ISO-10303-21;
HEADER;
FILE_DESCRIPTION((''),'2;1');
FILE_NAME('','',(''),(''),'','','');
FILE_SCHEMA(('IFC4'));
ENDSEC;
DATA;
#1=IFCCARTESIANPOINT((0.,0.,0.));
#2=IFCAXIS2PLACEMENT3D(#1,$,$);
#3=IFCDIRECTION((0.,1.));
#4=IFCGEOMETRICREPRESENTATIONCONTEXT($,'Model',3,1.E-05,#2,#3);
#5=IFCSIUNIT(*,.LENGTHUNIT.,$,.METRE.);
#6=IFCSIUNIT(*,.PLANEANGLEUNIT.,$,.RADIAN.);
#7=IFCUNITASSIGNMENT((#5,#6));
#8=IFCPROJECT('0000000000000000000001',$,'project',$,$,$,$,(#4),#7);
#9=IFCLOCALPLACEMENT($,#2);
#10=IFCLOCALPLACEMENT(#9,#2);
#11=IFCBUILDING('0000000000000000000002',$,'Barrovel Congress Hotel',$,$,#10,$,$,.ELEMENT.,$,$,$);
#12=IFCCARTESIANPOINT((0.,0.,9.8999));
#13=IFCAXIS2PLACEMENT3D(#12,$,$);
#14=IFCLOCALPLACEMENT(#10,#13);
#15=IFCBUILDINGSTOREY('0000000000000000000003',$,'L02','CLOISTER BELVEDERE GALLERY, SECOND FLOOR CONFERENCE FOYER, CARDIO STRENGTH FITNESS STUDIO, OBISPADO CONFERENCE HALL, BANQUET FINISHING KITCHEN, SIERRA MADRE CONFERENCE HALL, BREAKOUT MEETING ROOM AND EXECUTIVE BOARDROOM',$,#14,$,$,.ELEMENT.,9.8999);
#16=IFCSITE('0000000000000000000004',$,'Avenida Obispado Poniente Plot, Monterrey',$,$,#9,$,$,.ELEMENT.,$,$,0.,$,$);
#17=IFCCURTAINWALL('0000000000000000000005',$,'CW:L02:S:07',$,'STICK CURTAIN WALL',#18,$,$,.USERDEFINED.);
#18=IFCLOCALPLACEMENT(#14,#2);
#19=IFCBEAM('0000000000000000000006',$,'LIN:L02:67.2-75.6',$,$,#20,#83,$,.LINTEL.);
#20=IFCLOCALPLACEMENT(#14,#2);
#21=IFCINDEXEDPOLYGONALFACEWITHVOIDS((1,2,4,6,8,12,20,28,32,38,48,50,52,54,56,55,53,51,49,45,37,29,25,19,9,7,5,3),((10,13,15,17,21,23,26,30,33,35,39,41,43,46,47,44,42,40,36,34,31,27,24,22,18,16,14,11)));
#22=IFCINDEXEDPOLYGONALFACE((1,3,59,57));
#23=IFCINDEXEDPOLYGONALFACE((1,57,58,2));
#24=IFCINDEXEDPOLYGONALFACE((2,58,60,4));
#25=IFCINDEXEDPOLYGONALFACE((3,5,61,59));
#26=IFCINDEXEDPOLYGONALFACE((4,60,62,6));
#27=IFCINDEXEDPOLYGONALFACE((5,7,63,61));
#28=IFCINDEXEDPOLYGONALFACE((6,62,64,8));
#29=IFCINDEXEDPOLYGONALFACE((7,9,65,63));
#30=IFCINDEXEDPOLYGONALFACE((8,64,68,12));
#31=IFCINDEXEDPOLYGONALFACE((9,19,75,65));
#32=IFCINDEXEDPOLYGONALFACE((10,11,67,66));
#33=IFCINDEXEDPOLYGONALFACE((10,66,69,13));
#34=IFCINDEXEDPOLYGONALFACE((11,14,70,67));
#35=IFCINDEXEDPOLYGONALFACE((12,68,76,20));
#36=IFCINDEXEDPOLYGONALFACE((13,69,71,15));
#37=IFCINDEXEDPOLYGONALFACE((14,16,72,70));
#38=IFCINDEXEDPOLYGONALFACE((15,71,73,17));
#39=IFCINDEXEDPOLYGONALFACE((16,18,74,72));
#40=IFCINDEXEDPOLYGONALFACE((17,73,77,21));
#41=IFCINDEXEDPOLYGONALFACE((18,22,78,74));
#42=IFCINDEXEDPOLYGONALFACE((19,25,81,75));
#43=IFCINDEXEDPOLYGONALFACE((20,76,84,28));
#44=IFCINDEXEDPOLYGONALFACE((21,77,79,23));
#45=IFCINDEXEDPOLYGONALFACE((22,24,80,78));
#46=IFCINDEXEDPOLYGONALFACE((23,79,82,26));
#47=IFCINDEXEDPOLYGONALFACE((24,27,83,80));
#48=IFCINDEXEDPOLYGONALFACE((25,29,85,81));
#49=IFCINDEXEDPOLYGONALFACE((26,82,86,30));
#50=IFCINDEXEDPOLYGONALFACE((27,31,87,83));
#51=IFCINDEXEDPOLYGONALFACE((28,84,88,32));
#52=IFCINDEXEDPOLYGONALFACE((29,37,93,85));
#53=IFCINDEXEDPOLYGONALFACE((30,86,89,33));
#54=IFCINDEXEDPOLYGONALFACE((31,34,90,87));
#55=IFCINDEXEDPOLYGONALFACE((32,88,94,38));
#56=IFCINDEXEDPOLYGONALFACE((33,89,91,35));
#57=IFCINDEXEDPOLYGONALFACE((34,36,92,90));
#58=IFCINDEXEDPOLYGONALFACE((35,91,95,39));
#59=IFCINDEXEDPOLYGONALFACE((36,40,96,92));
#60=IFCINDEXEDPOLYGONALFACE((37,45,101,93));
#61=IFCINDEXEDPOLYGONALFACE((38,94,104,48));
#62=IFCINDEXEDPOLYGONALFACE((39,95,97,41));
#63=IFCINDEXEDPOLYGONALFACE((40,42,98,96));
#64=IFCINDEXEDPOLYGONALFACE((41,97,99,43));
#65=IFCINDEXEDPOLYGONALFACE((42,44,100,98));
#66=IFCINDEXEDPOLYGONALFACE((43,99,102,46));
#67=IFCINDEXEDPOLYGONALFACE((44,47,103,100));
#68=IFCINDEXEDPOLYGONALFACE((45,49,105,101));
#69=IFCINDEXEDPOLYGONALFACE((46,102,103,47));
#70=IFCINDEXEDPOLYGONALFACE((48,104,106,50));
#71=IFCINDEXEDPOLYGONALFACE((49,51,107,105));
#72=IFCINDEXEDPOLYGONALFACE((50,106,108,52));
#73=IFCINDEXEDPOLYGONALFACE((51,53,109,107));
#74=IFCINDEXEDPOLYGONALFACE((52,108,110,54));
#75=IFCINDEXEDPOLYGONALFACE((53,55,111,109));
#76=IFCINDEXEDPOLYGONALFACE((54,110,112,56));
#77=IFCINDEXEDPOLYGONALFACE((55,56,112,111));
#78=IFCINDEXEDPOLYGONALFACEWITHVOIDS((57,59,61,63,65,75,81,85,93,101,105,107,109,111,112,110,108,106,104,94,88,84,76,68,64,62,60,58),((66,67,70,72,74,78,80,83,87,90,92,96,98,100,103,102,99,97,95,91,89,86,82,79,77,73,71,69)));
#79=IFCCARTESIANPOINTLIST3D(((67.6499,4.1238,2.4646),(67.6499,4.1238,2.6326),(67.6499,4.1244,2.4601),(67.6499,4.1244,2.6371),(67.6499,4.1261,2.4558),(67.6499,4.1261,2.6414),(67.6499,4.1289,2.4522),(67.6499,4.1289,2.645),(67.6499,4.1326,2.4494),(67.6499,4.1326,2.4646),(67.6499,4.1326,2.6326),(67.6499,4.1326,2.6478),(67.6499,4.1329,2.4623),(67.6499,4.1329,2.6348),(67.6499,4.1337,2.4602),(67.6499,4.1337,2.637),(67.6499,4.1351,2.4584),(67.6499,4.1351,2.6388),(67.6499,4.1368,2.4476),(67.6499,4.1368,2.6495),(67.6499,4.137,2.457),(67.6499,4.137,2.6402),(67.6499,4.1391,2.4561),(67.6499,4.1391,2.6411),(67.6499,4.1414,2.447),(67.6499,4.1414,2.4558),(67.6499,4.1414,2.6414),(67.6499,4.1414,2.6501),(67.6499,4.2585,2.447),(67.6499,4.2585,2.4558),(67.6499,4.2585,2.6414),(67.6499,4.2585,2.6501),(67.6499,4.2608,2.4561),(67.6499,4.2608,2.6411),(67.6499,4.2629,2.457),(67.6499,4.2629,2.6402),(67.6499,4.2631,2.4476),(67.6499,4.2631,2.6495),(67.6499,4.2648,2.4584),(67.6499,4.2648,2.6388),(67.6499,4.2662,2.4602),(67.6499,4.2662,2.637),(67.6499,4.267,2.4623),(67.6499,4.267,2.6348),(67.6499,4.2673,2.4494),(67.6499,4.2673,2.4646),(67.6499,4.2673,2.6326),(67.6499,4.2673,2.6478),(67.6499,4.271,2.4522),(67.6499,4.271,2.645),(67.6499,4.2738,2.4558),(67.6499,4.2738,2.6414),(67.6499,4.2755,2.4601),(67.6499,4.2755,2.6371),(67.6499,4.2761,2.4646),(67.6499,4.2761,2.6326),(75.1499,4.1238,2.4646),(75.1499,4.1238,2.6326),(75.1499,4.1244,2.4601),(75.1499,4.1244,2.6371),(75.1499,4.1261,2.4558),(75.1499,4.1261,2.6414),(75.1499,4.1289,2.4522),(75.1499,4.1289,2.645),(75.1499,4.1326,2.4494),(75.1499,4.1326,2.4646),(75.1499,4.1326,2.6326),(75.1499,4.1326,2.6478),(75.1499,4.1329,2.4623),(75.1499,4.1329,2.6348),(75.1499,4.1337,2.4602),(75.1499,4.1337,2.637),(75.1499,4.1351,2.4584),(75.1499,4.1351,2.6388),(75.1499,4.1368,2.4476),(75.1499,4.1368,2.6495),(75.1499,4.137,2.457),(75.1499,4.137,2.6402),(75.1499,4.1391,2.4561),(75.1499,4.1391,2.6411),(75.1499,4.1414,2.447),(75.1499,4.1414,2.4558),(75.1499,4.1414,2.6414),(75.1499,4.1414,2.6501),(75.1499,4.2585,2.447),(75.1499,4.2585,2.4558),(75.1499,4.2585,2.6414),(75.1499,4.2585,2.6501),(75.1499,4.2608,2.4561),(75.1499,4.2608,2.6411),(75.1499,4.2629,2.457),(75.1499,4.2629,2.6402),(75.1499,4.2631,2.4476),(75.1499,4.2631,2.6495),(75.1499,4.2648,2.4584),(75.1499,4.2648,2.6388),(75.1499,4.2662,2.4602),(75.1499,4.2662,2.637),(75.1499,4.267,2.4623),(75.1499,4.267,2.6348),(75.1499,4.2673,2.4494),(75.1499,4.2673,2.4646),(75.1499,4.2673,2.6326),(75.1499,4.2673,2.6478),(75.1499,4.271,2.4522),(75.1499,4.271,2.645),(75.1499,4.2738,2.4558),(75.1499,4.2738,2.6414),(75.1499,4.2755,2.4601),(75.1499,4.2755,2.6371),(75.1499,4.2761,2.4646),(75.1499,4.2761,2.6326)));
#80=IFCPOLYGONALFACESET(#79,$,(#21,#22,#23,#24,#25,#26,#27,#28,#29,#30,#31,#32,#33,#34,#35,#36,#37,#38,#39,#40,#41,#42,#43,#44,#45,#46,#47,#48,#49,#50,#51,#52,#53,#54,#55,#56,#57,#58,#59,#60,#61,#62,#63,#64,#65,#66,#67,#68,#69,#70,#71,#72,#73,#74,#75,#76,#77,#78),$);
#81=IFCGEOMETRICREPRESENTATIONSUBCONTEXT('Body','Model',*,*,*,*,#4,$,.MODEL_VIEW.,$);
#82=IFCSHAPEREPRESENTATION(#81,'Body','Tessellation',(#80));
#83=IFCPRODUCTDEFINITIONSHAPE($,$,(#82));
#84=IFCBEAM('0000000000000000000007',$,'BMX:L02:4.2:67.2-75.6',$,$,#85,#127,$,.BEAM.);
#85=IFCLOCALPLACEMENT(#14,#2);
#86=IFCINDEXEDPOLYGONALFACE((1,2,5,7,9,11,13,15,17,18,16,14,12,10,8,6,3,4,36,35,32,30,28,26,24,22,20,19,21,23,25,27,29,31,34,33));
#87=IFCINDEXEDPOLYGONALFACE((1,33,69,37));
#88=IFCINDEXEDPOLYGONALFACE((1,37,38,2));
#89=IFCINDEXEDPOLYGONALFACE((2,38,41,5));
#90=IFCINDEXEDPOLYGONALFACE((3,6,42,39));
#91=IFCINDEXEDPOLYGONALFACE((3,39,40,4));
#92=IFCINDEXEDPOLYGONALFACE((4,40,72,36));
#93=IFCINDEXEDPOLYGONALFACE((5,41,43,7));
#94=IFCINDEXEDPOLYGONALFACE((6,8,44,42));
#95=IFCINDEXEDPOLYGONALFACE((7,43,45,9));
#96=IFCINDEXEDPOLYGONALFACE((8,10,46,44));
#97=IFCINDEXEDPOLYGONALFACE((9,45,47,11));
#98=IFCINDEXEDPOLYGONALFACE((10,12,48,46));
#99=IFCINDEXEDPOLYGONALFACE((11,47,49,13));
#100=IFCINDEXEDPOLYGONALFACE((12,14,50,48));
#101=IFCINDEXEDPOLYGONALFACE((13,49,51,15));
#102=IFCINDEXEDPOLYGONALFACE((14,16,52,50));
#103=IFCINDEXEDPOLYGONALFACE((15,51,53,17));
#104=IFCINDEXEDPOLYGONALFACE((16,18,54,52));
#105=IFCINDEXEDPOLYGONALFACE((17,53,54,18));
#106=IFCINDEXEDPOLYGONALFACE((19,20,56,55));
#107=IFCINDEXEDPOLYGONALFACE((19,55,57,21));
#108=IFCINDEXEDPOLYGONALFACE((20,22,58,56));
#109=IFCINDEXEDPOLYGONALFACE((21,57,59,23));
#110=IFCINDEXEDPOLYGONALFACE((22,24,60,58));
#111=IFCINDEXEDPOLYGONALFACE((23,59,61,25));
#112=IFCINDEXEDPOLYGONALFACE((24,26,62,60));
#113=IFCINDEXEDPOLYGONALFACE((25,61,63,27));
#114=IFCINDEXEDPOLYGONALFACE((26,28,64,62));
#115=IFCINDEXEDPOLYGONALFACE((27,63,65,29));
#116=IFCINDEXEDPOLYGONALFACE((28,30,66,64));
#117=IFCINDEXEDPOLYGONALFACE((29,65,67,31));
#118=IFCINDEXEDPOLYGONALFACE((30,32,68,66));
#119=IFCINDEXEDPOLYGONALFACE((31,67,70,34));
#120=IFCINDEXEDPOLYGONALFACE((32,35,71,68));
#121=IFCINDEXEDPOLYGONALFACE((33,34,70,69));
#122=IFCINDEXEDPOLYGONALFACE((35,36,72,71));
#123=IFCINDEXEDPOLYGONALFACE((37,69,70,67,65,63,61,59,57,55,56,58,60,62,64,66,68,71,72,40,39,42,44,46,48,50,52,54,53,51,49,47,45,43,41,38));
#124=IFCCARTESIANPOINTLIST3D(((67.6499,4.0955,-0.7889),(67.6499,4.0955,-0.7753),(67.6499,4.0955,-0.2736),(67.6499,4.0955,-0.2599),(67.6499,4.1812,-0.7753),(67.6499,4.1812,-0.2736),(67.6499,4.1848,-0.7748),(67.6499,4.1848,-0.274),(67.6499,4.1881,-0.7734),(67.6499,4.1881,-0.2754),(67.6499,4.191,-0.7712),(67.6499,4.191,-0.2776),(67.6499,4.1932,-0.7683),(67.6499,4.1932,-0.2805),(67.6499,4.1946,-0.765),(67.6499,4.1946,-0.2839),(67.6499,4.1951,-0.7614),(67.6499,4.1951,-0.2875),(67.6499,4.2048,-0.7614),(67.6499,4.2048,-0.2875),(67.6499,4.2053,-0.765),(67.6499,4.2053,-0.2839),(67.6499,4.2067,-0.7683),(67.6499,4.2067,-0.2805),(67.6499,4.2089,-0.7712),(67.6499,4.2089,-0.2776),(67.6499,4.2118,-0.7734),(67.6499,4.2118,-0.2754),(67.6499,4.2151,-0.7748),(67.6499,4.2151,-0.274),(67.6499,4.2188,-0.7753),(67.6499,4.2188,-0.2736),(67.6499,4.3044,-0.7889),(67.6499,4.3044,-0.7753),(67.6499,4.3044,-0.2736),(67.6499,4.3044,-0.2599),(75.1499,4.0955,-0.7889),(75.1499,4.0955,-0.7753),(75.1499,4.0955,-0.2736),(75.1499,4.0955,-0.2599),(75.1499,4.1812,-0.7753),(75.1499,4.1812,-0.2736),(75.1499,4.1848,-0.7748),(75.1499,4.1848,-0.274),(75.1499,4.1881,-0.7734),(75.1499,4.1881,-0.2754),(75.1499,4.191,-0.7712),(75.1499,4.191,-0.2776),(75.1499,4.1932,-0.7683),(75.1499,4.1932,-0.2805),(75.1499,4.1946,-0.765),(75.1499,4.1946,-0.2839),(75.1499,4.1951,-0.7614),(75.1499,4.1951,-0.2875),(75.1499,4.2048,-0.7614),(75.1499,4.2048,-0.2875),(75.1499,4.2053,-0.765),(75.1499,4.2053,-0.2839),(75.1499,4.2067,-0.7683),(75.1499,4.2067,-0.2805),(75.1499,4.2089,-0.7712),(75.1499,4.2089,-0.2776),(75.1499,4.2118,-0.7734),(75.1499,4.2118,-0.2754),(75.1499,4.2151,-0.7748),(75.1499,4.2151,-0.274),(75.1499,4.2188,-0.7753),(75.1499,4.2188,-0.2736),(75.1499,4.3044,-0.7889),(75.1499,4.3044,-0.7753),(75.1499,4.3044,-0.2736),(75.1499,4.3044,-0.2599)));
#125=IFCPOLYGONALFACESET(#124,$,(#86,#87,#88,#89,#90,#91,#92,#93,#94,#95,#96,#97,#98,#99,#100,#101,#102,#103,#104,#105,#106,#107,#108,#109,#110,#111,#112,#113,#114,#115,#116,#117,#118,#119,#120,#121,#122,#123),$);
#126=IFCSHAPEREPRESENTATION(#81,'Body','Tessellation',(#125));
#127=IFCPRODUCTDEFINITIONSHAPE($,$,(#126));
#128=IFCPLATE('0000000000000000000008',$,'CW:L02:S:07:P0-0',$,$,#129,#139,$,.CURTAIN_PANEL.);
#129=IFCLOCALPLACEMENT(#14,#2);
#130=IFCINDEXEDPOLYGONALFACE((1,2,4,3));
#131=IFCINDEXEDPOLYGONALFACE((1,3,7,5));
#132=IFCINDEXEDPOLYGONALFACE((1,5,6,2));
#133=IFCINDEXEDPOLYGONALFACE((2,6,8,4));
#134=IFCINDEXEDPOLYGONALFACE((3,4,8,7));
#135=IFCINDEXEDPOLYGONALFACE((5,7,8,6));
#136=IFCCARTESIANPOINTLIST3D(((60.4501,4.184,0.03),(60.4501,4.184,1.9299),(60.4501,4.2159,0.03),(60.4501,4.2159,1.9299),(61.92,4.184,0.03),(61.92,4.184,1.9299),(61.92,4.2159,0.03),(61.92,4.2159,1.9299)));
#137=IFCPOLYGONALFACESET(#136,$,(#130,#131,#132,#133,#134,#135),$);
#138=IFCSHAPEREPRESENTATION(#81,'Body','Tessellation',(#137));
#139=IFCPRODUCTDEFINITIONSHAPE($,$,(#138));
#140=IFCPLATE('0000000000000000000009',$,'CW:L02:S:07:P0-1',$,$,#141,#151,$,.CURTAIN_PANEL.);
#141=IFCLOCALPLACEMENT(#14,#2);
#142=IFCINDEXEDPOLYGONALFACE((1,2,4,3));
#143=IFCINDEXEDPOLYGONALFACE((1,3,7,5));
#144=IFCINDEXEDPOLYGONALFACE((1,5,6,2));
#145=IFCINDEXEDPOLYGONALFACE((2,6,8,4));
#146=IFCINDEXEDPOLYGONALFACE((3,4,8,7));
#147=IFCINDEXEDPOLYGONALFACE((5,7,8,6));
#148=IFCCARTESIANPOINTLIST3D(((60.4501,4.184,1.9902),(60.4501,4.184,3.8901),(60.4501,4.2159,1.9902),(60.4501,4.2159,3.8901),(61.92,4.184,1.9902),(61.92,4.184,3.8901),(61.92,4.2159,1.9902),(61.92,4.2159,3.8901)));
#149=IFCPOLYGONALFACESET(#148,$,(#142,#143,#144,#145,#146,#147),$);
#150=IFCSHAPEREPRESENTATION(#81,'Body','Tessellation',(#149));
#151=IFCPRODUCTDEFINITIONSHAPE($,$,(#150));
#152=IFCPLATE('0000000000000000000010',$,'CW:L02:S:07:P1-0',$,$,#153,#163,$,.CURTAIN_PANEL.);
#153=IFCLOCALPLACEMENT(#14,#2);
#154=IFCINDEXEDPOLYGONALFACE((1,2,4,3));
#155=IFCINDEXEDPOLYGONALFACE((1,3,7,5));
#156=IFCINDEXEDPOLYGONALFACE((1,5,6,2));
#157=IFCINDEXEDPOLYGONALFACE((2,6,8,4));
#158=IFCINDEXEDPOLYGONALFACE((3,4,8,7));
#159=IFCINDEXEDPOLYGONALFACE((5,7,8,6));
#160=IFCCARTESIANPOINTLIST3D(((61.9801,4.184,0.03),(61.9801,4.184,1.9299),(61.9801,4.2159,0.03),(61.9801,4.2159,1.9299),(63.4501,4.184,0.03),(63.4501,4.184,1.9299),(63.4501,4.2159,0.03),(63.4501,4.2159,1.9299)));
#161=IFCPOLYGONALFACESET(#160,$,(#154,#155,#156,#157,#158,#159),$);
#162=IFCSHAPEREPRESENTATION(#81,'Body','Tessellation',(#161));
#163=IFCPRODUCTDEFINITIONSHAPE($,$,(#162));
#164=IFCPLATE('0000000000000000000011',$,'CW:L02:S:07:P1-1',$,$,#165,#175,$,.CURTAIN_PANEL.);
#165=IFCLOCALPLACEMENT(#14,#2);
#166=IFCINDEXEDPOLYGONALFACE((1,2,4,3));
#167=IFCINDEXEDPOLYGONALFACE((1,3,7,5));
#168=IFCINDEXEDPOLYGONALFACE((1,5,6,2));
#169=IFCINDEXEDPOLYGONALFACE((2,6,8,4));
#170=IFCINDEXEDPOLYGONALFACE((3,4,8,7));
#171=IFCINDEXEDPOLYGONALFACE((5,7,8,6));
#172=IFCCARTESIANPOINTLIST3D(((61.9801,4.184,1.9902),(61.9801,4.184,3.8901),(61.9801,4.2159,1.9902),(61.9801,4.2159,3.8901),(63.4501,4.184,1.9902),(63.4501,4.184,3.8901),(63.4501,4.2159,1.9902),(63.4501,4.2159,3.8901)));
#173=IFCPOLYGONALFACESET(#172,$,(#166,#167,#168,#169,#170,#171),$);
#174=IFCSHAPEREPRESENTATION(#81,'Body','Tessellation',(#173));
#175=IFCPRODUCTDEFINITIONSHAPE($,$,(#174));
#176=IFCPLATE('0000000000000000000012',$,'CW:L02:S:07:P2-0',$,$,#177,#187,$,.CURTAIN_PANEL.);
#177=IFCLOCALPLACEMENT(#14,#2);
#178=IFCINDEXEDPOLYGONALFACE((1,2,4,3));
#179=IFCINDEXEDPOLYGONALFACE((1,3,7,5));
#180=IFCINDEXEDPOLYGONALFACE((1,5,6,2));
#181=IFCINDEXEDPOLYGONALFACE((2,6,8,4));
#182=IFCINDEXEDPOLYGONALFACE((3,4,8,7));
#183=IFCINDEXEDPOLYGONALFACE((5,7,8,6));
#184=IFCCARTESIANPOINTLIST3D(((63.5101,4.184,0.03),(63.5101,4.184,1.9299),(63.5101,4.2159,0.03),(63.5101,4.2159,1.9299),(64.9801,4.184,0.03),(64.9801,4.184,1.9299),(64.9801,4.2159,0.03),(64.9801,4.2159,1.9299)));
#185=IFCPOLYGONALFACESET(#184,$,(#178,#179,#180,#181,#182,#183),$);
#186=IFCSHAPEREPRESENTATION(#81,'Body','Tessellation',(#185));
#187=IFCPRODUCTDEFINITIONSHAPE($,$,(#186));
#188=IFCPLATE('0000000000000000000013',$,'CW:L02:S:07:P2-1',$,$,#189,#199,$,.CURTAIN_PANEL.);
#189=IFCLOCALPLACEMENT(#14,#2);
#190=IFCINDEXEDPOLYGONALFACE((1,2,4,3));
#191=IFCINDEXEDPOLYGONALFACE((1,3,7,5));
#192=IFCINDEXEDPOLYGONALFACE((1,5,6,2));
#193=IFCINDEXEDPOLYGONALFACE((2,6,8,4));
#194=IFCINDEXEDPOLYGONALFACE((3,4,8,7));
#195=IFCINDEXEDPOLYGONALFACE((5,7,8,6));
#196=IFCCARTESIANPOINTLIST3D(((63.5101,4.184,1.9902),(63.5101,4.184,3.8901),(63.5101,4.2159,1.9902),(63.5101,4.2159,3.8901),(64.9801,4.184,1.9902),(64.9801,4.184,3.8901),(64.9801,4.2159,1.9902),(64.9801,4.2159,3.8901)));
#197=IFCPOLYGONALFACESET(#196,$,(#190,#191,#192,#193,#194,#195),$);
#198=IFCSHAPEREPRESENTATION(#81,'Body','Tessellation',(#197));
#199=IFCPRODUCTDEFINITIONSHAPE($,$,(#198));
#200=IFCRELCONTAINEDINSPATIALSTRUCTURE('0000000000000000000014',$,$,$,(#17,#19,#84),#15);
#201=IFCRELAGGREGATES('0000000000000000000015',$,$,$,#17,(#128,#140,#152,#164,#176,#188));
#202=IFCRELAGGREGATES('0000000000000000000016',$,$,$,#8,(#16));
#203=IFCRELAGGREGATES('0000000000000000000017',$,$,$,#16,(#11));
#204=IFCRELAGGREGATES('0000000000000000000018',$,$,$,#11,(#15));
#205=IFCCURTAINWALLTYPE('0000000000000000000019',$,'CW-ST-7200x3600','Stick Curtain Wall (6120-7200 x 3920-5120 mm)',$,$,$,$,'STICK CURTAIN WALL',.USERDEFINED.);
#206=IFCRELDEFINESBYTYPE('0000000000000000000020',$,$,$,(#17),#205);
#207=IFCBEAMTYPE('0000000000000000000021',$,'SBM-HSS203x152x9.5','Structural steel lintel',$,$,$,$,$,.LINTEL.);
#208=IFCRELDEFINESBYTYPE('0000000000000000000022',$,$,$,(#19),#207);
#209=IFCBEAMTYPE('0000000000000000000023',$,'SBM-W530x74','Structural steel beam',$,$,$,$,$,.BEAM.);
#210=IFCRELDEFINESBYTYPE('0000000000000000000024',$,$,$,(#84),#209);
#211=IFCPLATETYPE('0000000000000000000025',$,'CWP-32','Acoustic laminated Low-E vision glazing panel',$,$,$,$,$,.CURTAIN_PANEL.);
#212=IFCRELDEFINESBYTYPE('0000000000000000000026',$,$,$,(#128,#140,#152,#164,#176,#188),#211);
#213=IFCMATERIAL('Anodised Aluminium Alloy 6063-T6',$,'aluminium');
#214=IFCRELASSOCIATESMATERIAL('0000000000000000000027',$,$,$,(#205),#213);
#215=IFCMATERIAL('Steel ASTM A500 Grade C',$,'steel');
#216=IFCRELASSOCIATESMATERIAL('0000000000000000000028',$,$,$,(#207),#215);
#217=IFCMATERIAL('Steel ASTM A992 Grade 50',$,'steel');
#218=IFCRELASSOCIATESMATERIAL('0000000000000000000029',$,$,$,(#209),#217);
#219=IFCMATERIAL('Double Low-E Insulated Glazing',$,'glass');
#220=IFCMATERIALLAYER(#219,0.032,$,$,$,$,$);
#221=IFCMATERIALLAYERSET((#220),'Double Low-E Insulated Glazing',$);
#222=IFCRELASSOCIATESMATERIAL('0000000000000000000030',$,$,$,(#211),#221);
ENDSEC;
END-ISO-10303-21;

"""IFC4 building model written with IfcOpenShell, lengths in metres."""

from ifc_helpers import new_model, si_unit, direction, frame, origin, origin_2d, place, context, subcontext, project, spatial, rectangle, hollow_rectangle, i_section, extrude, material, layer, layer_set, material_profile, profile_set, type_object, element, aggregate, save


model = new_model("IFC4")

# Units and contexts
model_context = context("Model", 3, precision=1e-05, world=origin(), true_north=direction((0.0, 1.0)))
body_context = subcontext(model_context, "Body", "Model", "MODEL_VIEW")
ifc_project = project(units=[si_unit("LENGTHUNIT", "METRE"), si_unit("PLANEANGLEUNIT", "RADIAN")], contexts=[model_context])

# Site, building, storey
site_placement = place(None, origin())
site = spatial("IfcSite", under=ifc_project, at=site_placement, Name="Avenida Obispado Poniente Plot, Monterrey", CompositionType="ELEMENT", RefElevation=0.0)
building_placement = place(site_placement, origin())
building = spatial("IfcBuilding", under=site, at=building_placement, Name="Barrovel Congress Hotel", CompositionType="ELEMENT")
storey_placement = place(building_placement, frame((0.0, 0.0, 9.8999)))
storey = spatial("IfcBuildingStorey", under=building, at=storey_placement, Name="L02", Description="CLOISTER BELVEDERE GALLERY, SECOND FLOOR CONFERENCE FOYER, CARDIO STRENGTH FITNESS STUDIO, OBISPADO CONFERENCE HALL, BANQUET FINISHING KITCHEN, SIERRA MADRE CONFERENCE HALL, BREAKOUT MEETING ROOM AND EXECUTIVE BOARDROOM", CompositionType="ELEMENT", Elevation=9.8999)

# Curtain wall
ifc_material_1 = material(Name="Anodised Aluminium Alloy 6063-T6", Category="aluminium")
curtain_wall_type = type_object("IfcCurtainWallType", Name="CW-ST-7200x3600", Description="Stick Curtain Wall (6120-7200 x 3920-5120 mm)", ElementType="STICK CURTAIN WALL", PredefinedType="USERDEFINED", material=ifc_material_1)
curtain_wall_1_placement = place(storey_placement, origin())
curtain_wall_1 = element("IfcCurtainWall", 1, at=curtain_wall_1_placement, inside=storey, type_object=curtain_wall_type, Name="CW:L02:S:07", ObjectType="STICK CURTAIN WALL", PredefinedType="USERDEFINED")

# Beams
ifc_material_2 = material(Name="Steel ASTM A500 Grade C", Category="steel")
ifc_material_profile_1 = material_profile(ifc_material_2, hollow_rectangle(XDim=0.1523, YDim=0.2031, WallThickness=0.0088, InnerFilletRadius=0.0088, OuterFilletRadius=0.0176, at=origin_2d()), Name="HSS203x152x9.5")
ifc_profile_set_1 = profile_set([ifc_material_profile_1], Name="Steel ASTM A500 Grade C")
beam_type_1 = type_object("IfcBeamType", Name="SBM-HSS203x152x9.5", Description="Structural steel lintel", PredefinedType="LINTEL", material=ifc_profile_set_1)
beam_1_placement = place(storey_placement, frame((67.6499, 4.2, 2.5486), z_axis=(1.0, 0.0, 0.0), x_axis=(0.0, 1.0, 0.0)))
element("IfcBeam", 2, at=beam_1_placement, inside=storey, type_object=beam_type_1, Name="LIN:L02:67.2-75.6", PredefinedType="LINTEL", context=body_context, shape_type="SweptSolid", body=[
    extrude(hollow_rectangle(XDim=0.1523, YDim=0.2031, WallThickness=0.0088, InnerFilletRadius=0.0088, OuterFilletRadius=0.0176, at=origin_2d()), origin(), (0.0, 0.0, 1.0), 7.5),
])
ifc_material_3 = material(Name="Steel ASTM A992 Grade 50", Category="steel")
ifc_material_profile_2 = material_profile(ifc_material_3, i_section(OverallWidth=0.209, OverallDepth=0.5291, WebThickness=0.0098, FlangeThickness=0.0137, FilletRadius=0.0139, at=origin_2d()), Name="W530x74")
ifc_profile_set_2 = profile_set([ifc_material_profile_2], Name="Steel ASTM A992 Grade 50")
beam_type_2 = type_object("IfcBeamType", Name="SBM-W530x74", Description="Structural steel beam", PredefinedType="BEAM", material=ifc_profile_set_2)
beam_2_placement = place(storey_placement, frame((67.6499, 4.2, -0.5244), z_axis=(1.0, 0.0, 0.0), x_axis=(0.0, 1.0, 0.0)))
element("IfcBeam", 3, at=beam_2_placement, inside=storey, type_object=beam_type_2, Name="BMX:L02:4.2:67.2-75.6", PredefinedType="BEAM", context=body_context, shape_type="SweptSolid", body=[
    extrude(i_section(OverallWidth=0.209, OverallDepth=0.5291, WebThickness=0.0098, FlangeThickness=0.0137, FilletRadius=0.0139, at=origin_2d()), origin(), (0.0, 0.0, 1.0), 7.5),
])

# Plates
ifc_material_4 = material(Name="Double Low-E Insulated Glazing", Category="glass")
ifc_layer_1 = layer(ifc_material_4, 0.032)
ifc_layer_set_1 = layer_set([ifc_layer_1], Name="Double Low-E Insulated Glazing")
plate_type = type_object("IfcPlateType", Name="CWP-32", Description="Acoustic laminated Low-E vision glazing panel", PredefinedType="CURTAIN_PANEL", material=ifc_layer_set_1)
plate_1_placement = place(storey_placement, frame((61.1851, 4.2, 0.03), z_axis=(0.0, 0.0, 1.0), x_axis=(1.0, 0.0, 0.0)))
plate_1 = element("IfcPlate", 4, at=plate_1_placement, type_object=plate_type, Name="CW:L02:S:07:P0-0", PredefinedType="CURTAIN_PANEL", context=body_context, shape_type="SweptSolid", body=[
    extrude(rectangle(XDim=1.47, YDim=0.032, at=origin_2d()), origin(), (0.0, 0.0, 1.0), 1.8999),
])
plate_2_placement = place(storey_placement, frame((61.1851, 4.2, 1.9902), z_axis=(0.0, 0.0, 1.0), x_axis=(1.0, 0.0, 0.0)))
plate_2 = element("IfcPlate", 5, at=plate_2_placement, type_object=plate_type, Name="CW:L02:S:07:P0-1", PredefinedType="CURTAIN_PANEL", context=body_context, shape_type="SweptSolid", body=[
    extrude(rectangle(XDim=1.47, YDim=0.032, at=origin_2d()), origin(), (0.0, 0.0, 1.0), 1.8999),
])
plate_3_placement = place(storey_placement, frame((62.7151, 4.2, 0.03), z_axis=(0.0, 0.0, 1.0), x_axis=(1.0, 0.0, 0.0)))
plate_3 = element("IfcPlate", 6, at=plate_3_placement, type_object=plate_type, Name="CW:L02:S:07:P1-0", PredefinedType="CURTAIN_PANEL", context=body_context, shape_type="SweptSolid", body=[
    extrude(rectangle(XDim=1.47, YDim=0.032, at=origin_2d()), origin(), (0.0, 0.0, 1.0), 1.8999),
])
plate_4_placement = place(storey_placement, frame((62.7151, 4.2, 1.9902), z_axis=(0.0, 0.0, 1.0), x_axis=(1.0, 0.0, 0.0)))
plate_4 = element("IfcPlate", 7, at=plate_4_placement, type_object=plate_type, Name="CW:L02:S:07:P1-1", PredefinedType="CURTAIN_PANEL", context=body_context, shape_type="SweptSolid", body=[
    extrude(rectangle(XDim=1.47, YDim=0.032, at=origin_2d()), origin(), (0.0, 0.0, 1.0), 1.8999),
])
plate_5_placement = place(storey_placement, frame((64.2451, 4.2, 0.03), z_axis=(0.0, 0.0, 1.0), x_axis=(1.0, 0.0, 0.0)))
plate_5 = element("IfcPlate", 8, at=plate_5_placement, type_object=plate_type, Name="CW:L02:S:07:P2-0", PredefinedType="CURTAIN_PANEL", context=body_context, shape_type="SweptSolid", body=[
    extrude(rectangle(XDim=1.47, YDim=0.032, at=origin_2d()), origin(), (0.0, 0.0, 1.0), 1.8999),
])
plate_6_placement = place(storey_placement, frame((64.2451, 4.2, 1.9902), z_axis=(0.0, 0.0, 1.0), x_axis=(1.0, 0.0, 0.0)))
plate_6 = element("IfcPlate", 9, at=plate_6_placement, type_object=plate_type, Name="CW:L02:S:07:P2-1", PredefinedType="CURTAIN_PANEL", context=body_context, shape_type="SweptSolid", body=[
    extrude(rectangle(XDim=1.47, YDim=0.032, at=origin_2d()), origin(), (0.0, 0.0, 1.0), 1.8999),
])
aggregate(curtain_wall_1, [plate_1, plate_2, plate_3, plate_4, plate_5, plate_6])

save(model, "model.ifc")
